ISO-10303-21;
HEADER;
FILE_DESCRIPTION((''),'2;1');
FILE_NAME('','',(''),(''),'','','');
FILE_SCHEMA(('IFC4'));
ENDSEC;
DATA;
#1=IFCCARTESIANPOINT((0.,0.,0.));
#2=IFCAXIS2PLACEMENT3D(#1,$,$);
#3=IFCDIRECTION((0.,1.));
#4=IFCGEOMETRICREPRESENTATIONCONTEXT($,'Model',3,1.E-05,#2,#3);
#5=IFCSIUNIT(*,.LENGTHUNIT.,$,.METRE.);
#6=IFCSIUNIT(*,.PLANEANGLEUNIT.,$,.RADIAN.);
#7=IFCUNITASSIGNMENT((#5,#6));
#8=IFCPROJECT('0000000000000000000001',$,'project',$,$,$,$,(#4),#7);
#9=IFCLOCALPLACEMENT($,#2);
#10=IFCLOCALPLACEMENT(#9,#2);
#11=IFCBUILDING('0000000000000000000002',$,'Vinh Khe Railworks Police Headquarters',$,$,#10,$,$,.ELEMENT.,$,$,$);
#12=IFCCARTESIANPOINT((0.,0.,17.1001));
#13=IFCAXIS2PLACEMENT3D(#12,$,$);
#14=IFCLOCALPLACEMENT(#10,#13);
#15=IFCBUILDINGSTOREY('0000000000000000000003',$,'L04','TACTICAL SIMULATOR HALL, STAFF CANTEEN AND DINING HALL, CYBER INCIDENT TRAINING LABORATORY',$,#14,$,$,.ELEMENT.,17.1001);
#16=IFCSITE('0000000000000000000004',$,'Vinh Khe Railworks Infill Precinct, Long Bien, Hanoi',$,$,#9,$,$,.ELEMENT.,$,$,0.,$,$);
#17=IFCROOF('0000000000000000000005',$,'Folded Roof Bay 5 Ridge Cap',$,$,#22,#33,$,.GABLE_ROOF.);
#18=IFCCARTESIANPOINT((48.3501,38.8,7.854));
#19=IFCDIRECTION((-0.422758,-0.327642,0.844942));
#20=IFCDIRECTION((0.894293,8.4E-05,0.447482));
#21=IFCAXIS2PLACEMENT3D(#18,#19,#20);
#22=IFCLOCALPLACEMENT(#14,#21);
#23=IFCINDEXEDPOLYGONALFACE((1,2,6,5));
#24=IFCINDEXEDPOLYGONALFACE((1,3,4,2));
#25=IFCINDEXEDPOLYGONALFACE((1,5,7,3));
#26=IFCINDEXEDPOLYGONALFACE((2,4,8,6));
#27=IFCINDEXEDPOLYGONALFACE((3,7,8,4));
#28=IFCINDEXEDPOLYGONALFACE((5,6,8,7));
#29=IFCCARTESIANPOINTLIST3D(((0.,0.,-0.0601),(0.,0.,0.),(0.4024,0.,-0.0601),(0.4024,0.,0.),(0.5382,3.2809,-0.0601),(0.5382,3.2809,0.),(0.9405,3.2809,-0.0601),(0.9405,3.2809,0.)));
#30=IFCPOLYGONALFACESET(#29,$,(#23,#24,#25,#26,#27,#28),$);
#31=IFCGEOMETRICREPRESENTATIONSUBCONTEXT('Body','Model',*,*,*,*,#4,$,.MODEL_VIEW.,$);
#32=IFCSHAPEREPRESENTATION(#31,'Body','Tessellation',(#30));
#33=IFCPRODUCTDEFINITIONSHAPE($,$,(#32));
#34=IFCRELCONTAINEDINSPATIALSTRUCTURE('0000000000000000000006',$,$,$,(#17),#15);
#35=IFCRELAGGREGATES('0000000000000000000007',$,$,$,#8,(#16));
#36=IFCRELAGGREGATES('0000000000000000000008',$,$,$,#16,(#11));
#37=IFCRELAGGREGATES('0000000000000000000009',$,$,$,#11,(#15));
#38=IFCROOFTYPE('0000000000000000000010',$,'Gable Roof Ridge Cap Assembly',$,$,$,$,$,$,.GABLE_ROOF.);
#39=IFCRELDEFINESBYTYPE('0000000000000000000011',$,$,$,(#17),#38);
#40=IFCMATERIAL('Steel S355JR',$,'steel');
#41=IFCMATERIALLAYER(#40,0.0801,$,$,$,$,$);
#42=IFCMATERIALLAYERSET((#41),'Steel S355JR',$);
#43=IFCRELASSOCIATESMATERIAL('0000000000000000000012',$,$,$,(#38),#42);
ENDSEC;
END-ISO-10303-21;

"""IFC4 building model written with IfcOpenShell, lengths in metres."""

from ifc_helpers import new_model, si_unit, direction, frame, origin, place, context, subcontext, project, spatial, polyline, outline, extrude, material, layer, layer_set, type_object, element, save


model = new_model("IFC4")

# Units and contexts
model_context = context("Model", 3, precision=1e-05, world=origin(), true_north=direction((0.0, 1.0)))
body_context = subcontext(model_context, "Body", "Model", "MODEL_VIEW")
ifc_project = project(units=[si_unit("LENGTHUNIT", "METRE"), si_unit("PLANEANGLEUNIT", "RADIAN")], contexts=[model_context])

# Site, building, storey
site_placement = place(None, origin())
site = spatial("IfcSite", under=ifc_project, at=site_placement, Name="Vinh Khe Railworks Infill Precinct, Long Bien, Hanoi", CompositionType="ELEMENT", RefElevation=0.0)
building_placement = place(site_placement, origin())
building = spatial("IfcBuilding", under=site, at=building_placement, Name="Vinh Khe Railworks Police Headquarters", CompositionType="ELEMENT")
storey_placement = place(building_placement, frame((0.0, 0.0, 17.1001)))
storey = spatial("IfcBuildingStorey", under=building, at=storey_placement, Name="L04", Description="TACTICAL SIMULATOR HALL, STAFF CANTEEN AND DINING HALL, CYBER INCIDENT TRAINING LABORATORY", CompositionType="ELEMENT", Elevation=17.1001)

# Shared definitions
ifc_material_1 = material(Name="Steel S355JR", Category="steel")

# Roof
ifc_layer_1 = layer(ifc_material_1, 0.0801)
ifc_layer_set_1 = layer_set([ifc_layer_1], Name="Steel S355JR")
roof_type = type_object("IfcRoofType", Name="Gable Roof Ridge Cap Assembly", PredefinedType="GABLE_ROOF", material=ifc_layer_set_1)
roof_1_placement = place(storey_placement, frame((48.3501, 38.8, 7.854), z_axis=(-0.422758, -0.327642, 0.844942), x_axis=(0.894293, 0.000084, 0.447482)))
element("IfcRoof", 1, at=roof_1_placement, inside=storey, type_object=roof_type, Name="Folded Roof Bay 5 Ridge Cap", PredefinedType="GABLE_ROOF", context=body_context, shape_type="SweptSolid", body=[
    extrude(outline(polyline([(0.0, 0.0), (0.4024, 0.0), (0.9405, 3.2809), (0.5382, 3.2809), (0.0, 0.0)])), origin(), (0.0, 0.0, -1.0), 0.0601),
])

save(model, "model.ifc")
